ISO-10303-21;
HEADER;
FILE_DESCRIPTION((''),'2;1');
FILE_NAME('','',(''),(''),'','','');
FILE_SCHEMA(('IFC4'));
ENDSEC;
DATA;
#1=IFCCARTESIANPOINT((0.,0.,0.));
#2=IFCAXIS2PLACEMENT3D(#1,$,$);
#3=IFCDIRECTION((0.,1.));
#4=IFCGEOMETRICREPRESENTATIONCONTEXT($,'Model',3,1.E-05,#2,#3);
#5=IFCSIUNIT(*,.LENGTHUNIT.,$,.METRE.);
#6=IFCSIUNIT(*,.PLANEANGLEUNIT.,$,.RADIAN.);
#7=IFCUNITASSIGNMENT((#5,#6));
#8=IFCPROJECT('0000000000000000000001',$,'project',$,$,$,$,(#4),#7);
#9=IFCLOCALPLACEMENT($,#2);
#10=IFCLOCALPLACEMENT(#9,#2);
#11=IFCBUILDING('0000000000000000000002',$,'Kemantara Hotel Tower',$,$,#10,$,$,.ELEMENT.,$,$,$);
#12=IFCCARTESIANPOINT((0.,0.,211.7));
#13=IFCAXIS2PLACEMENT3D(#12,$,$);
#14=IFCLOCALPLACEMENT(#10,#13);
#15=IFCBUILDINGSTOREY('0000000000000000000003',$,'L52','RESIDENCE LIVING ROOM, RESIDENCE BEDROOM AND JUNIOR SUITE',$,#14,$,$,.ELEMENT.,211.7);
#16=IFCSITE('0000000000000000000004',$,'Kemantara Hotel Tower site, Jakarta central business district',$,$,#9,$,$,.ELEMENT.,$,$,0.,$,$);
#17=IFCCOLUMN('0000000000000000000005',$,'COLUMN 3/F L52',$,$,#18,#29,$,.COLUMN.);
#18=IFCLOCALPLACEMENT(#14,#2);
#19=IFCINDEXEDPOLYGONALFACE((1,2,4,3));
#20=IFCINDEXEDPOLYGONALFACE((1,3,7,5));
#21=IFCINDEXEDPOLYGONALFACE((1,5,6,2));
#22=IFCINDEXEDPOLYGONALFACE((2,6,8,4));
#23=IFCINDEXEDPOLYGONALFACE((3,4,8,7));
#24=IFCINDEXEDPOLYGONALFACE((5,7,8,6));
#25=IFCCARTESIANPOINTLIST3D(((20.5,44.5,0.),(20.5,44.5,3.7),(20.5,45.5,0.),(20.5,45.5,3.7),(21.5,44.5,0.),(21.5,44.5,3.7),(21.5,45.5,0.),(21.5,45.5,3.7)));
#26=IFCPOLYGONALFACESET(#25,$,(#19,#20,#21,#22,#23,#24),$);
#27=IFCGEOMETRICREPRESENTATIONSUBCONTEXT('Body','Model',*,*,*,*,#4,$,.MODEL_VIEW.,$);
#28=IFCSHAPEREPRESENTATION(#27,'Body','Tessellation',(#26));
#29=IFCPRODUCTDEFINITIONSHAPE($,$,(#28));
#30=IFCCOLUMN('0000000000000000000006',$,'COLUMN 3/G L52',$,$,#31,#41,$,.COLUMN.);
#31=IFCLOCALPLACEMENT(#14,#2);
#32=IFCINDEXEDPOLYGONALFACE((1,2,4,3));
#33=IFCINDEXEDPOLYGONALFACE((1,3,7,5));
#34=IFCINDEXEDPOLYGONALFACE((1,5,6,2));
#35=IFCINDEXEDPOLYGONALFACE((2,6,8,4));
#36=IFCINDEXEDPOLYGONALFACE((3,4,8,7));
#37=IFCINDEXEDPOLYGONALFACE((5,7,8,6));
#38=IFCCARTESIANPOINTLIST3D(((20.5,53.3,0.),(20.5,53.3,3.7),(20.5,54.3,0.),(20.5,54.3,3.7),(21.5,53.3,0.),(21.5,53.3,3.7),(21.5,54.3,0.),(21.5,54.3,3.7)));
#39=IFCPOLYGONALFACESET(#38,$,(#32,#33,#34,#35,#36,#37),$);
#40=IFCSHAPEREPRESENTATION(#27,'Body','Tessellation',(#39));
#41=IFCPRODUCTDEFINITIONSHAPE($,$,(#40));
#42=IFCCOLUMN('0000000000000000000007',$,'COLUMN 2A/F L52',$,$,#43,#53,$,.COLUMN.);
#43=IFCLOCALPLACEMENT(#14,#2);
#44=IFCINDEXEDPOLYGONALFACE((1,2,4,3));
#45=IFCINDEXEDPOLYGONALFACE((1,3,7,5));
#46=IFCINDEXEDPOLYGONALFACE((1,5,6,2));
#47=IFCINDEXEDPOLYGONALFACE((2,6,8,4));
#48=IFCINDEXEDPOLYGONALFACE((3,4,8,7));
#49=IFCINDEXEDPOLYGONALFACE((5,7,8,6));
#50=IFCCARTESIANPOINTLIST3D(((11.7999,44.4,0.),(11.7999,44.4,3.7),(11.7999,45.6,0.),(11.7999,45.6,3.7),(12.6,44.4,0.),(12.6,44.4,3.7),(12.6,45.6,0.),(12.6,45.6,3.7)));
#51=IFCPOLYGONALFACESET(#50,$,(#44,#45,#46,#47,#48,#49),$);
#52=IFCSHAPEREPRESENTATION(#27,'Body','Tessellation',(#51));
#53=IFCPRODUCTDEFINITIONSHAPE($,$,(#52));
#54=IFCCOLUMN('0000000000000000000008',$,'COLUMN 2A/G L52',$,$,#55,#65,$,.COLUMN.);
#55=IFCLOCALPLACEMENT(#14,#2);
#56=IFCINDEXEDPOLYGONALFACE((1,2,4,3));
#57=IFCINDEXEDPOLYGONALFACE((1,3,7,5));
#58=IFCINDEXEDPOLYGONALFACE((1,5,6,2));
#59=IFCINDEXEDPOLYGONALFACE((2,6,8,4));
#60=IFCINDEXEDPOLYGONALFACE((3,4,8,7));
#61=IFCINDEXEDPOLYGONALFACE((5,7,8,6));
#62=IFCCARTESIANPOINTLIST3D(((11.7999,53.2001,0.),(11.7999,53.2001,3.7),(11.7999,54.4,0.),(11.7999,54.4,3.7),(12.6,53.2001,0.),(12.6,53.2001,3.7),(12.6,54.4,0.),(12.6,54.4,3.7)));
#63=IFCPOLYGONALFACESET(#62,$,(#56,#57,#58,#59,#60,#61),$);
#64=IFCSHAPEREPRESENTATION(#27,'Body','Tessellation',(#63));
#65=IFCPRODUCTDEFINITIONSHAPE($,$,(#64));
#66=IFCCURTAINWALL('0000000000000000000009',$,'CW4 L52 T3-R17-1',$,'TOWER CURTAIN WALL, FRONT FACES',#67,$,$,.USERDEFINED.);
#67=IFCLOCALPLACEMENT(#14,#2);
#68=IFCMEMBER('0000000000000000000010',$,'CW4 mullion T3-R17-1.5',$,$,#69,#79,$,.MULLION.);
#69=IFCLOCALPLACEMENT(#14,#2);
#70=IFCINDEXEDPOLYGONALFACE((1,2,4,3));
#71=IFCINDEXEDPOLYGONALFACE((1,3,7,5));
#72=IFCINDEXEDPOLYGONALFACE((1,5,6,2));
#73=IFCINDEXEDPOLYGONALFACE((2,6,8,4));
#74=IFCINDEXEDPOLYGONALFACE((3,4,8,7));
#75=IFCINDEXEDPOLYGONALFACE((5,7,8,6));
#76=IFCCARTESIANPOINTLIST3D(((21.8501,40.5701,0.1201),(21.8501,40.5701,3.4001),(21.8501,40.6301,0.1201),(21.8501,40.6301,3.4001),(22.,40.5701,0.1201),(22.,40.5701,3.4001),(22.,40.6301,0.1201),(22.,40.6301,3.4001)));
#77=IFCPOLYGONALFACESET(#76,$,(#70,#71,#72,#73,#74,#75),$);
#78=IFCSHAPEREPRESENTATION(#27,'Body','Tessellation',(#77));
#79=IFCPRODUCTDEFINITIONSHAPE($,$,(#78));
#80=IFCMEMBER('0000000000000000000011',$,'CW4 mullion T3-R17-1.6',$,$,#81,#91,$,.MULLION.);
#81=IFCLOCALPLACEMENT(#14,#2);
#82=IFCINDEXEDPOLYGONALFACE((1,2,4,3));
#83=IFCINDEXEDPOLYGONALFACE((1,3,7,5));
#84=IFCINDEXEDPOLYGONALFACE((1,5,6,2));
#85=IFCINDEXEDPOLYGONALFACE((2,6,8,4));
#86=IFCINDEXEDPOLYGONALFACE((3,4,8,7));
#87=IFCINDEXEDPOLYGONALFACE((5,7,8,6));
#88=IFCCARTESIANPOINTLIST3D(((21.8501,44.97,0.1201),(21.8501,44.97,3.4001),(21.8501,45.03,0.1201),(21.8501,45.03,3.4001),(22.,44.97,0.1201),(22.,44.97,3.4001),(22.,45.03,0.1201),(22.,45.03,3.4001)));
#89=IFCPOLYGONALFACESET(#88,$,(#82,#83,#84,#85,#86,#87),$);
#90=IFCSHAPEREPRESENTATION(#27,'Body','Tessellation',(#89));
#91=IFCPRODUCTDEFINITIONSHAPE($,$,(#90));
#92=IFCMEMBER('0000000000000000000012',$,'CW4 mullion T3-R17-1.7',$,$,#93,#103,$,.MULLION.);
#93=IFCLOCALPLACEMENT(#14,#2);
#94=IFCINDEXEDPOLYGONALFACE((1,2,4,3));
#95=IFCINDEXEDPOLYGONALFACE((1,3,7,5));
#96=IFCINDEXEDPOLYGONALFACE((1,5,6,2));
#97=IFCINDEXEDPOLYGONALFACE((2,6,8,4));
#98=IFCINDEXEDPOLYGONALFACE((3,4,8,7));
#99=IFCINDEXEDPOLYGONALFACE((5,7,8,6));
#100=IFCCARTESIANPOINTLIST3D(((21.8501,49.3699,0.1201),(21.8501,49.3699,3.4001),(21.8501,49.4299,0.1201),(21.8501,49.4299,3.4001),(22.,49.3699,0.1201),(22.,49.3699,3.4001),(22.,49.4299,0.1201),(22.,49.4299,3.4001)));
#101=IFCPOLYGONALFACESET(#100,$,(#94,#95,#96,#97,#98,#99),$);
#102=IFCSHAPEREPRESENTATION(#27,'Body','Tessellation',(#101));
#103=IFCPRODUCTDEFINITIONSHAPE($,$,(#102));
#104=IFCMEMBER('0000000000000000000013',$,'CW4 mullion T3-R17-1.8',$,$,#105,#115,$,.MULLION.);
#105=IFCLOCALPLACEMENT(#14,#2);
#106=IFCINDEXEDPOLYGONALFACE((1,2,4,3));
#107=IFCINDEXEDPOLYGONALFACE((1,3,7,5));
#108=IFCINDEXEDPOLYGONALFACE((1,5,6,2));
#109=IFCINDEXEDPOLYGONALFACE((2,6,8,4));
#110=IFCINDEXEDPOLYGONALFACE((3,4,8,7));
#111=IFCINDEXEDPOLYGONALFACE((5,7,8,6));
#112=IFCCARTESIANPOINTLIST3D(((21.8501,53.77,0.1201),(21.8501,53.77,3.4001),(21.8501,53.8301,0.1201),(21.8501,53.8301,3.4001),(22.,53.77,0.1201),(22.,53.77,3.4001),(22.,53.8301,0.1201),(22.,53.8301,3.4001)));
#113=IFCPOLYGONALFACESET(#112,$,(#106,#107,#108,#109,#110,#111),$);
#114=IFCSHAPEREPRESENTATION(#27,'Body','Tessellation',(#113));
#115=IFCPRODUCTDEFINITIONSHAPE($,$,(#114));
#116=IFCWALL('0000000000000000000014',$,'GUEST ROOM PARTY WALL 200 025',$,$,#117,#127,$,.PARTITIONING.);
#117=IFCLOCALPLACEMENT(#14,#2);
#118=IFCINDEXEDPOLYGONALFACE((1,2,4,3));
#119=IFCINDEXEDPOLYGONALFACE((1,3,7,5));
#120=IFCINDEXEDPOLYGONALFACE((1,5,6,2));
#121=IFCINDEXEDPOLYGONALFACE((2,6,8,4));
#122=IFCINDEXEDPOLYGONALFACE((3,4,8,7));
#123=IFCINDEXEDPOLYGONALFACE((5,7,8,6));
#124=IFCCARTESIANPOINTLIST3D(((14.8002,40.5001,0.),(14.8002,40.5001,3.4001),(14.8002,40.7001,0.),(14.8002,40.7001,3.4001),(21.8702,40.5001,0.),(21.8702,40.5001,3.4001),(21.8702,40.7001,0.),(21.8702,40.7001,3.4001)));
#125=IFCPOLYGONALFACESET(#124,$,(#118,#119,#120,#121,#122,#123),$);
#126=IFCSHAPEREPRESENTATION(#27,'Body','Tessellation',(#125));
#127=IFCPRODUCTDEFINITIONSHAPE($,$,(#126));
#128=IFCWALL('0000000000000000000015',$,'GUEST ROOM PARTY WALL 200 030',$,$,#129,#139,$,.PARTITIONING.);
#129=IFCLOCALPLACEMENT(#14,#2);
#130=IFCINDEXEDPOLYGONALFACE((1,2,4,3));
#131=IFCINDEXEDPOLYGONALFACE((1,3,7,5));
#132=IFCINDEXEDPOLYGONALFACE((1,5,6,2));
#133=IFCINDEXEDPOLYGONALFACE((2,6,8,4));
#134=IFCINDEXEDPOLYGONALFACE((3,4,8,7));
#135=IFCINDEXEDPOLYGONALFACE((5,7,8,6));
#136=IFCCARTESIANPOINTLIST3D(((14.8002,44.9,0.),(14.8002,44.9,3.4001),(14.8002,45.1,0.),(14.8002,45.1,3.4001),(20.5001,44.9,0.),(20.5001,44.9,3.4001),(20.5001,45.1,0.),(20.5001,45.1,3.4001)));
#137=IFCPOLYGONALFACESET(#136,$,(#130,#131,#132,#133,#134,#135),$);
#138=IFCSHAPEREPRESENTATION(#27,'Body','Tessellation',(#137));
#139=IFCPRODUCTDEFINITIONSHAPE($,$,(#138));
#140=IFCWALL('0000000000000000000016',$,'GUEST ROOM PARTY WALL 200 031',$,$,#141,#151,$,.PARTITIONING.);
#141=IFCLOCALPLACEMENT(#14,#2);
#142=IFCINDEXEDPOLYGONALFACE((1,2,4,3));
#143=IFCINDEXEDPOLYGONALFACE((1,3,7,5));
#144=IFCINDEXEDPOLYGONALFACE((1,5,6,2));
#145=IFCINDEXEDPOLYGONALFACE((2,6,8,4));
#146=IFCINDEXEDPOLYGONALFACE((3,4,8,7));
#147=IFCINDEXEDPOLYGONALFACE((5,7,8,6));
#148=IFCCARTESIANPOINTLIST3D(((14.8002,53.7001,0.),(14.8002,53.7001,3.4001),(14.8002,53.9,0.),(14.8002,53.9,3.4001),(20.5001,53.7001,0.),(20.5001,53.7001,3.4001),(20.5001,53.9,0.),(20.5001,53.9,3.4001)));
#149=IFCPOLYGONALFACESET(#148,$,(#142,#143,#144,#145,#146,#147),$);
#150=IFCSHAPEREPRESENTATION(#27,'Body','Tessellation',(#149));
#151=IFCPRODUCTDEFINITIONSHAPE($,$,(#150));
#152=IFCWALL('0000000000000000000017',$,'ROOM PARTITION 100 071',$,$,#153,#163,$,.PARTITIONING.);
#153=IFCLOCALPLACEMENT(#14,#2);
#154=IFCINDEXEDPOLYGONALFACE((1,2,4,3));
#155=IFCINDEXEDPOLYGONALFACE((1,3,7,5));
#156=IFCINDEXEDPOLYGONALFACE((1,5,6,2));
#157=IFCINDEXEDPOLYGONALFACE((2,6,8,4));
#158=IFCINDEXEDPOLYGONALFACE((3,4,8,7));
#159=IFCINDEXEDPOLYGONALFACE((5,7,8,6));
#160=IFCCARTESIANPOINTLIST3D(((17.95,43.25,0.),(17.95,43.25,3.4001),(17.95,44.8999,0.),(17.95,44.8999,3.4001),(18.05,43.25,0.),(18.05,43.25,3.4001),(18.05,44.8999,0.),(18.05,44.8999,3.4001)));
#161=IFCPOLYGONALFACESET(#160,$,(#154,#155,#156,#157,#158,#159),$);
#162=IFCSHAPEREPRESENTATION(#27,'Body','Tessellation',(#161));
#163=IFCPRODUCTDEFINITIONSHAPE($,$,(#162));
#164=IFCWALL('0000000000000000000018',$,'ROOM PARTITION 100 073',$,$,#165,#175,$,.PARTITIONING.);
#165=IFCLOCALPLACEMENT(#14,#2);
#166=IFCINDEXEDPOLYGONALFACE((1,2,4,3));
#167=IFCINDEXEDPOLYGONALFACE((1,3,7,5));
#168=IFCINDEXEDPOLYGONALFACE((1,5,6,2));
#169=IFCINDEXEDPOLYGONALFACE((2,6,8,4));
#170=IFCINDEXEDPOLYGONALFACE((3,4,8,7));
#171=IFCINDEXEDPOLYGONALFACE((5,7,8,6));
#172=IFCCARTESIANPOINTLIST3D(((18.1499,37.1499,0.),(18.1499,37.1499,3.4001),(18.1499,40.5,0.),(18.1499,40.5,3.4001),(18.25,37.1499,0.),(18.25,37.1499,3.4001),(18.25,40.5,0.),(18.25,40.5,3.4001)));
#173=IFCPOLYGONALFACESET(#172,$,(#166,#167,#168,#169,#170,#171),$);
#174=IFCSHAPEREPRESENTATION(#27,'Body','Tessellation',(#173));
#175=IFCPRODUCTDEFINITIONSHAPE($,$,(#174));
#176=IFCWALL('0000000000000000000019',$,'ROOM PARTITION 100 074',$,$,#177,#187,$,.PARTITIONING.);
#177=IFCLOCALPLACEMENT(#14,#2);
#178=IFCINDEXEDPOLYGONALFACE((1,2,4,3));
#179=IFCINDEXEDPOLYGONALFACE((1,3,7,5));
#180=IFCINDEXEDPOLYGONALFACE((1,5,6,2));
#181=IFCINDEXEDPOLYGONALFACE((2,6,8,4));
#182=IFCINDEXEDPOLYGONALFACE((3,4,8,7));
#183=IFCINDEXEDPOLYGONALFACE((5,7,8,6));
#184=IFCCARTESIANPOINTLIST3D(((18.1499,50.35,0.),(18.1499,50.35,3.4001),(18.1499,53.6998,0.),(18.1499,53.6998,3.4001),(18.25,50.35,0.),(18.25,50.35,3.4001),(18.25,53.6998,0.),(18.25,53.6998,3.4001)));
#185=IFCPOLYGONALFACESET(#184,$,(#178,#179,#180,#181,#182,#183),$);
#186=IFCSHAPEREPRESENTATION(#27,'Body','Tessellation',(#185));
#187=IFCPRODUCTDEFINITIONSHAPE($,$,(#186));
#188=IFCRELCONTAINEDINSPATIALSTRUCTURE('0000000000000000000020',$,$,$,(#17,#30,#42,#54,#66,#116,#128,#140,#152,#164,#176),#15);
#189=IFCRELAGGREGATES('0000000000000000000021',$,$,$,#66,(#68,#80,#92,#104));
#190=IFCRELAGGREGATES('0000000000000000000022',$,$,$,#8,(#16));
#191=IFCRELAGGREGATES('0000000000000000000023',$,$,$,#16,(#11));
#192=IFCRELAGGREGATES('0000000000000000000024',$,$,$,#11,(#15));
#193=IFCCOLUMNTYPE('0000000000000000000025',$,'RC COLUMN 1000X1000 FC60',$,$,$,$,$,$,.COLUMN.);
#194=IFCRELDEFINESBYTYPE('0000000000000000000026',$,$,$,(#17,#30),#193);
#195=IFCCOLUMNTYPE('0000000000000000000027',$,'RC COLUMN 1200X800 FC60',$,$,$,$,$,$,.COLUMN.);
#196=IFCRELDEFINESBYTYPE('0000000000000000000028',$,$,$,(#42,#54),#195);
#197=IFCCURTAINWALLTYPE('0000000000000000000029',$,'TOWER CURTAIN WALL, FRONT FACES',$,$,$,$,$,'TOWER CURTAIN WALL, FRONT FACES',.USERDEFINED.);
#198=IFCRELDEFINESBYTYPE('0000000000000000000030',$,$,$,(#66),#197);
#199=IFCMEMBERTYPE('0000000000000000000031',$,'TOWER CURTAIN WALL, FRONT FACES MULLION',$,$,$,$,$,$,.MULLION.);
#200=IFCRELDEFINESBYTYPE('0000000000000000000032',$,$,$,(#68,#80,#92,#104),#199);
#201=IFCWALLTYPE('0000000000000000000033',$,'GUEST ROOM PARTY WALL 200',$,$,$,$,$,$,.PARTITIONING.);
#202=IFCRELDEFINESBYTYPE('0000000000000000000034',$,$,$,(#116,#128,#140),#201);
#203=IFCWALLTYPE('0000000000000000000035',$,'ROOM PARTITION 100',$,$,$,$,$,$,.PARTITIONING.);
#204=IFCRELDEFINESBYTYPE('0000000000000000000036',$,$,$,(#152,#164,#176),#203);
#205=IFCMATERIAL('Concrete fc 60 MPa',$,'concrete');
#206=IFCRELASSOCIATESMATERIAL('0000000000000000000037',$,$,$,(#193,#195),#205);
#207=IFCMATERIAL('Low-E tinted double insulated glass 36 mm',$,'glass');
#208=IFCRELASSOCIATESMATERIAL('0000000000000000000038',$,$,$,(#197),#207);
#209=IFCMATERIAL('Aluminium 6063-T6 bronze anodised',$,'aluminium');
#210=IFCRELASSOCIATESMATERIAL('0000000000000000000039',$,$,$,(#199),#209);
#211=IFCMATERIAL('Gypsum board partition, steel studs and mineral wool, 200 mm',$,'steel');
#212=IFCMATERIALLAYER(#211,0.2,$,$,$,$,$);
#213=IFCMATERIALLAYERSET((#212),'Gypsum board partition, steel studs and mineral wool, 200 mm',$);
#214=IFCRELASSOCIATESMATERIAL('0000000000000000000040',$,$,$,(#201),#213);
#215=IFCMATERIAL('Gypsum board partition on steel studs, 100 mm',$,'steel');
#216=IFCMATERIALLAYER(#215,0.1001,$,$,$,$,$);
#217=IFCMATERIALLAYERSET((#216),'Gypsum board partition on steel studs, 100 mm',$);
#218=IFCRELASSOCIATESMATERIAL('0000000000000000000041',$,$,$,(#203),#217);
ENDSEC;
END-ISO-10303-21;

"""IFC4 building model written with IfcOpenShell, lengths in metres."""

from ifc_helpers import new_model, si_unit, direction, frame, frame_2d, origin, origin_2d, place, context, subcontext, project, spatial, rectangle, extrude, source, transform, mapped, material, layer, layer_set, material_profile, profile_set, type_object, element, aggregate, save


model = new_model("IFC4")

# Units and contexts
model_context = context("Model", 3, precision=1e-05, world=origin(), true_north=direction((0.0, 1.0)))
body_context = subcontext(model_context, "Body", "Model", "MODEL_VIEW")
ifc_project = project(units=[si_unit("LENGTHUNIT", "METRE"), si_unit("PLANEANGLEUNIT", "RADIAN")], contexts=[model_context])

# Site, building, storey
site_placement = place(None, origin())
site = spatial("IfcSite", under=ifc_project, at=site_placement, Name="Kemantara Hotel Tower site, Jakarta central business district", CompositionType="ELEMENT", RefElevation=0.0)
building_placement = place(site_placement, origin())
building = spatial("IfcBuilding", under=site, at=building_placement, Name="Kemantara Hotel Tower", CompositionType="ELEMENT")
storey_placement = place(building_placement, frame((0.0, 0.0, 211.7)))
storey = spatial("IfcBuildingStorey", under=building, at=storey_placement, Name="L52", Description="RESIDENCE LIVING ROOM, RESIDENCE BEDROOM AND JUNIOR SUITE", CompositionType="ELEMENT", Elevation=211.7)

# Columns
ifc_material_1 = material(Name="Concrete fc 60 MPa", Category="concrete")
ifc_material_profile_1 = material_profile(ifc_material_1, rectangle(XDim=1.0, YDim=1.0, at=origin_2d()), Name="RC 1000X1000")
ifc_profile_set_1 = profile_set([ifc_material_profile_1], Name="Concrete fc 60 MPa")
column_type_1 = type_object("IfcColumnType", Name="RC COLUMN 1000X1000 FC60", PredefinedType="COLUMN", material=ifc_profile_set_1)
for number, where, z_axis, x_axis, name in (
    (1, (21.0, 45.0, 0.0), (0.0, 0.0, 1.0), (1.0, 0.0, 0.0), "COLUMN 3/F L52"),
    (2, (21.0, 53.8, 0.0), (0.0, 0.0, 1.0), (1.0, 0.0, 0.0), "COLUMN 3/G L52"),
):
    element("IfcColumn", number, at=place(storey_placement, frame(where, z_axis=z_axis, x_axis=x_axis)), inside=storey, type_object=column_type_1, Name=name, PredefinedType="COLUMN", context=body_context, shape_type="SweptSolid", body=[
        extrude(rectangle(XDim=1.0, YDim=1.0, at=origin_2d()), origin(), (0.0, 0.0, 1.0), 3.7),
    ])
ifc_material_profile_2 = material_profile(ifc_material_1, rectangle(XDim=1.2, YDim=0.8, at=origin_2d()), Name="RC 1200X800")
ifc_profile_set_2 = profile_set([ifc_material_profile_2], Name="Concrete fc 60 MPa")
column_type_2 = type_object("IfcColumnType", Name="RC COLUMN 1200X800 FC60", PredefinedType="COLUMN", material=ifc_profile_set_2)
for number, where, z_axis, x_axis, name in (
    (3, (12.2, 45.0, 0.0), (0.0, 0.0, 1.0), (0.0, 1.0, 0.0), "COLUMN 2A/F L52"),
    (4, (12.2, 53.8, 0.0), (0.0, 0.0, 1.0), (0.0, 1.0, 0.0), "COLUMN 2A/G L52"),
):
    element("IfcColumn", number, at=place(storey_placement, frame(where, z_axis=z_axis, x_axis=x_axis)), inside=storey, type_object=column_type_2, Name=name, PredefinedType="COLUMN", context=body_context, shape_type="SweptSolid", body=[
        extrude(rectangle(XDim=1.2, YDim=0.8, at=origin_2d()), origin(), (0.0, 0.0, 1.0), 3.7),
    ])

# Curtain wall, members
ifc_material_2 = material(Name="Low-E tinted double insulated glass 36 mm", Category="glass")
curtain_wall_type = type_object("IfcCurtainWallType", Name="TOWER CURTAIN WALL, FRONT FACES", ElementType="TOWER CURTAIN WALL, FRONT FACES", PredefinedType="USERDEFINED", material=ifc_material_2)
curtain_wall_placement = place(storey_placement, origin())
curtain_wall = element("IfcCurtainWall", 5, at=curtain_wall_placement, inside=storey, type_object=curtain_wall_type, Name="CW4 L52 T3-R17-1", ObjectType="TOWER CURTAIN WALL, FRONT FACES", PredefinedType="USERDEFINED")
ifc_material_3 = material(Name="Aluminium 6063-T6 bronze anodised", Category="aluminium")
ifc_material_profile_3 = material_profile(ifc_material_3, rectangle(XDim=0.1499, YDim=0.0601, at=origin_2d()), Name="TOWER CURTAIN WALL, FRONT FACES MULLION")
ifc_profile_set_3 = profile_set([ifc_material_profile_3], Name="Aluminium 6063-T6 bronze anodised")
member_type = type_object("IfcMemberType", Name="TOWER CURTAIN WALL, FRONT FACES MULLION", PredefinedType="MULLION", material=ifc_profile_set_3)
shared_shape = source(origin(), body_context, "Body", "SweptSolid", [
    extrude(rectangle(XDim=0.1499, YDim=0.0601, at=origin_2d()), origin(), (0.0, 0.0, 1.0), 3.28),
])
member_1_placement = place(storey_placement, frame((21.925, 40.6001, 0.1201), z_axis=(0.0, 0.0, 1.0), x_axis=(-1.0, 0.0, 0.0)))
member_1 = element("IfcMember", 6, at=member_1_placement, type_object=member_type, Name="CW4 mullion T3-R17-1.5", PredefinedType="MULLION", context=body_context, shape_type="MappedRepresentation", body=[
    mapped(shared_shape, transform((0.0, 0.0, 0.0))),
])
member_2_placement = place(storey_placement, frame((21.925, 45.0, 0.1201), z_axis=(0.0, 0.0, 1.0), x_axis=(-1.0, 0.0, 0.0)))
member_2 = element("IfcMember", 7, at=member_2_placement, type_object=member_type, Name="CW4 mullion T3-R17-1.6", PredefinedType="MULLION", context=body_context, shape_type="MappedRepresentation", body=[
    mapped(shared_shape, transform((0.0, 0.0, 0.0))),
])
member_3_placement = place(storey_placement, frame((21.925, 49.3999, 0.1201), z_axis=(0.0, 0.0, 1.0), x_axis=(-1.0, 0.0, 0.0)))
member_3 = element("IfcMember", 8, at=member_3_placement, type_object=member_type, Name="CW4 mullion T3-R17-1.7", PredefinedType="MULLION", context=body_context, shape_type="MappedRepresentation", body=[
    mapped(shared_shape, transform((0.0, 0.0, 0.0))),
])
member_4_placement = place(storey_placement, frame((21.925, 53.8, 0.1201), z_axis=(0.0, 0.0, 1.0), x_axis=(-1.0, 0.0, 0.0)))
member_4 = element("IfcMember", 9, at=member_4_placement, type_object=member_type, Name="CW4 mullion T3-R17-1.8", PredefinedType="MULLION", context=body_context, shape_type="MappedRepresentation", body=[
    mapped(shared_shape, transform((0.0, 0.0, 0.0))),
])
aggregate(curtain_wall, [member_1, member_2, member_3, member_4])

# Walls
ifc_material_4 = material(Name="Gypsum board partition, steel studs and mineral wool, 200 mm", Category="steel")
ifc_layer_1 = layer(ifc_material_4, 0.2)
ifc_layer_set_1 = layer_set([ifc_layer_1], Name="Gypsum board partition, steel studs and mineral wool, 200 mm")
wall_type_1 = type_object("IfcWallType", Name="GUEST ROOM PARTY WALL 200", PredefinedType="PARTITIONING", material=ifc_layer_set_1)
wall_1_placement = place(storey_placement, frame((14.8, 40.6001, 0.0), z_axis=(0.0, 0.0, 1.0), x_axis=(1.0, 0.0, 0.0)))
element("IfcWall", 10, at=wall_1_placement, inside=storey, type_object=wall_type_1, Name="GUEST ROOM PARTY WALL 200 025", PredefinedType="PARTITIONING", context=body_context, shape_type="SweptSolid", body=[
    extrude(rectangle(XDim=7.0701, YDim=0.2, at=frame_2d((3.5352, 0.0))), origin(), (0.0, 0.0, 1.0), 3.4001),
])
for number, where, z_axis, x_axis, name in (
    (11, (14.8, 45.0, 0.0), (0.0, 0.0, 1.0), (1.0, 0.0, 0.0), "GUEST ROOM PARTY WALL 200 030"),
    (12, (14.8, 53.8, 0.0), (0.0, 0.0, 1.0), (1.0, 0.0, 0.0), "GUEST ROOM PARTY WALL 200 031"),
):
    element("IfcWall", number, at=place(storey_placement, frame(where, z_axis=z_axis, x_axis=x_axis)), inside=storey, type_object=wall_type_1, Name=name, PredefinedType="PARTITIONING", context=body_context, shape_type="SweptSolid", body=[
        extrude(rectangle(XDim=5.7, YDim=0.2, at=frame_2d((2.8501, 0.0))), origin(), (0.0, 0.0, 1.0), 3.4001),
    ])
ifc_material_5 = material(Name="Gypsum board partition on steel studs, 100 mm", Category="steel")
ifc_layer_2 = layer(ifc_material_5, 0.1001)
ifc_layer_set_2 = layer_set([ifc_layer_2], Name="Gypsum board partition on steel studs, 100 mm")
wall_type_2 = type_object("IfcWallType", Name="ROOM PARTITION 100", PredefinedType="PARTITIONING", material=ifc_layer_set_2)
wall_2_placement = place(storey_placement, frame((18.0, 43.25, 0.0), z_axis=(0.0, 0.0, 1.0), x_axis=(0.0, 1.0, 0.0)))
element("IfcWall", 13, at=wall_2_placement, inside=storey, type_object=wall_type_2, Name="ROOM PARTITION 100 071", PredefinedType="PARTITIONING", context=body_context, shape_type="SweptSolid", body=[
    extrude(rectangle(XDim=1.6499, YDim=0.1001, at=frame_2d((0.825, 0.0))), origin(), (0.0, 0.0, 1.0), 3.4001),
])
wall_3_placement = place(storey_placement, frame((18.2, 37.1499, 0.0), z_axis=(0.0, 0.0, 1.0), x_axis=(0.0, 1.0, 0.0)))
element("IfcWall", 14, at=wall_3_placement, inside=storey, type_object=wall_type_2, Name="ROOM PARTITION 100 073", PredefinedType="PARTITIONING", context=body_context, shape_type="SweptSolid", body=[
    extrude(rectangle(XDim=3.3501, YDim=0.1001, at=frame_2d((1.675, 0.0))), origin(), (0.0, 0.0, 1.0), 3.4001),
])
wall_4_placement = place(storey_placement, frame((18.2, 50.3501, 0.0), z_axis=(0.0, 0.0, 1.0), x_axis=(0.0, 1.0, 0.0)))
element("IfcWall", 15, at=wall_4_placement, inside=storey, type_object=wall_type_2, Name="ROOM PARTITION 100 074", PredefinedType="PARTITIONING", context=body_context, shape_type="SweptSolid", body=[
    extrude(rectangle(XDim=3.3499, YDim=0.1001, at=frame_2d((1.6748, 0.0))), origin(), (0.0, 0.0, 1.0), 3.4001),
])

save(model, "model.ifc")
